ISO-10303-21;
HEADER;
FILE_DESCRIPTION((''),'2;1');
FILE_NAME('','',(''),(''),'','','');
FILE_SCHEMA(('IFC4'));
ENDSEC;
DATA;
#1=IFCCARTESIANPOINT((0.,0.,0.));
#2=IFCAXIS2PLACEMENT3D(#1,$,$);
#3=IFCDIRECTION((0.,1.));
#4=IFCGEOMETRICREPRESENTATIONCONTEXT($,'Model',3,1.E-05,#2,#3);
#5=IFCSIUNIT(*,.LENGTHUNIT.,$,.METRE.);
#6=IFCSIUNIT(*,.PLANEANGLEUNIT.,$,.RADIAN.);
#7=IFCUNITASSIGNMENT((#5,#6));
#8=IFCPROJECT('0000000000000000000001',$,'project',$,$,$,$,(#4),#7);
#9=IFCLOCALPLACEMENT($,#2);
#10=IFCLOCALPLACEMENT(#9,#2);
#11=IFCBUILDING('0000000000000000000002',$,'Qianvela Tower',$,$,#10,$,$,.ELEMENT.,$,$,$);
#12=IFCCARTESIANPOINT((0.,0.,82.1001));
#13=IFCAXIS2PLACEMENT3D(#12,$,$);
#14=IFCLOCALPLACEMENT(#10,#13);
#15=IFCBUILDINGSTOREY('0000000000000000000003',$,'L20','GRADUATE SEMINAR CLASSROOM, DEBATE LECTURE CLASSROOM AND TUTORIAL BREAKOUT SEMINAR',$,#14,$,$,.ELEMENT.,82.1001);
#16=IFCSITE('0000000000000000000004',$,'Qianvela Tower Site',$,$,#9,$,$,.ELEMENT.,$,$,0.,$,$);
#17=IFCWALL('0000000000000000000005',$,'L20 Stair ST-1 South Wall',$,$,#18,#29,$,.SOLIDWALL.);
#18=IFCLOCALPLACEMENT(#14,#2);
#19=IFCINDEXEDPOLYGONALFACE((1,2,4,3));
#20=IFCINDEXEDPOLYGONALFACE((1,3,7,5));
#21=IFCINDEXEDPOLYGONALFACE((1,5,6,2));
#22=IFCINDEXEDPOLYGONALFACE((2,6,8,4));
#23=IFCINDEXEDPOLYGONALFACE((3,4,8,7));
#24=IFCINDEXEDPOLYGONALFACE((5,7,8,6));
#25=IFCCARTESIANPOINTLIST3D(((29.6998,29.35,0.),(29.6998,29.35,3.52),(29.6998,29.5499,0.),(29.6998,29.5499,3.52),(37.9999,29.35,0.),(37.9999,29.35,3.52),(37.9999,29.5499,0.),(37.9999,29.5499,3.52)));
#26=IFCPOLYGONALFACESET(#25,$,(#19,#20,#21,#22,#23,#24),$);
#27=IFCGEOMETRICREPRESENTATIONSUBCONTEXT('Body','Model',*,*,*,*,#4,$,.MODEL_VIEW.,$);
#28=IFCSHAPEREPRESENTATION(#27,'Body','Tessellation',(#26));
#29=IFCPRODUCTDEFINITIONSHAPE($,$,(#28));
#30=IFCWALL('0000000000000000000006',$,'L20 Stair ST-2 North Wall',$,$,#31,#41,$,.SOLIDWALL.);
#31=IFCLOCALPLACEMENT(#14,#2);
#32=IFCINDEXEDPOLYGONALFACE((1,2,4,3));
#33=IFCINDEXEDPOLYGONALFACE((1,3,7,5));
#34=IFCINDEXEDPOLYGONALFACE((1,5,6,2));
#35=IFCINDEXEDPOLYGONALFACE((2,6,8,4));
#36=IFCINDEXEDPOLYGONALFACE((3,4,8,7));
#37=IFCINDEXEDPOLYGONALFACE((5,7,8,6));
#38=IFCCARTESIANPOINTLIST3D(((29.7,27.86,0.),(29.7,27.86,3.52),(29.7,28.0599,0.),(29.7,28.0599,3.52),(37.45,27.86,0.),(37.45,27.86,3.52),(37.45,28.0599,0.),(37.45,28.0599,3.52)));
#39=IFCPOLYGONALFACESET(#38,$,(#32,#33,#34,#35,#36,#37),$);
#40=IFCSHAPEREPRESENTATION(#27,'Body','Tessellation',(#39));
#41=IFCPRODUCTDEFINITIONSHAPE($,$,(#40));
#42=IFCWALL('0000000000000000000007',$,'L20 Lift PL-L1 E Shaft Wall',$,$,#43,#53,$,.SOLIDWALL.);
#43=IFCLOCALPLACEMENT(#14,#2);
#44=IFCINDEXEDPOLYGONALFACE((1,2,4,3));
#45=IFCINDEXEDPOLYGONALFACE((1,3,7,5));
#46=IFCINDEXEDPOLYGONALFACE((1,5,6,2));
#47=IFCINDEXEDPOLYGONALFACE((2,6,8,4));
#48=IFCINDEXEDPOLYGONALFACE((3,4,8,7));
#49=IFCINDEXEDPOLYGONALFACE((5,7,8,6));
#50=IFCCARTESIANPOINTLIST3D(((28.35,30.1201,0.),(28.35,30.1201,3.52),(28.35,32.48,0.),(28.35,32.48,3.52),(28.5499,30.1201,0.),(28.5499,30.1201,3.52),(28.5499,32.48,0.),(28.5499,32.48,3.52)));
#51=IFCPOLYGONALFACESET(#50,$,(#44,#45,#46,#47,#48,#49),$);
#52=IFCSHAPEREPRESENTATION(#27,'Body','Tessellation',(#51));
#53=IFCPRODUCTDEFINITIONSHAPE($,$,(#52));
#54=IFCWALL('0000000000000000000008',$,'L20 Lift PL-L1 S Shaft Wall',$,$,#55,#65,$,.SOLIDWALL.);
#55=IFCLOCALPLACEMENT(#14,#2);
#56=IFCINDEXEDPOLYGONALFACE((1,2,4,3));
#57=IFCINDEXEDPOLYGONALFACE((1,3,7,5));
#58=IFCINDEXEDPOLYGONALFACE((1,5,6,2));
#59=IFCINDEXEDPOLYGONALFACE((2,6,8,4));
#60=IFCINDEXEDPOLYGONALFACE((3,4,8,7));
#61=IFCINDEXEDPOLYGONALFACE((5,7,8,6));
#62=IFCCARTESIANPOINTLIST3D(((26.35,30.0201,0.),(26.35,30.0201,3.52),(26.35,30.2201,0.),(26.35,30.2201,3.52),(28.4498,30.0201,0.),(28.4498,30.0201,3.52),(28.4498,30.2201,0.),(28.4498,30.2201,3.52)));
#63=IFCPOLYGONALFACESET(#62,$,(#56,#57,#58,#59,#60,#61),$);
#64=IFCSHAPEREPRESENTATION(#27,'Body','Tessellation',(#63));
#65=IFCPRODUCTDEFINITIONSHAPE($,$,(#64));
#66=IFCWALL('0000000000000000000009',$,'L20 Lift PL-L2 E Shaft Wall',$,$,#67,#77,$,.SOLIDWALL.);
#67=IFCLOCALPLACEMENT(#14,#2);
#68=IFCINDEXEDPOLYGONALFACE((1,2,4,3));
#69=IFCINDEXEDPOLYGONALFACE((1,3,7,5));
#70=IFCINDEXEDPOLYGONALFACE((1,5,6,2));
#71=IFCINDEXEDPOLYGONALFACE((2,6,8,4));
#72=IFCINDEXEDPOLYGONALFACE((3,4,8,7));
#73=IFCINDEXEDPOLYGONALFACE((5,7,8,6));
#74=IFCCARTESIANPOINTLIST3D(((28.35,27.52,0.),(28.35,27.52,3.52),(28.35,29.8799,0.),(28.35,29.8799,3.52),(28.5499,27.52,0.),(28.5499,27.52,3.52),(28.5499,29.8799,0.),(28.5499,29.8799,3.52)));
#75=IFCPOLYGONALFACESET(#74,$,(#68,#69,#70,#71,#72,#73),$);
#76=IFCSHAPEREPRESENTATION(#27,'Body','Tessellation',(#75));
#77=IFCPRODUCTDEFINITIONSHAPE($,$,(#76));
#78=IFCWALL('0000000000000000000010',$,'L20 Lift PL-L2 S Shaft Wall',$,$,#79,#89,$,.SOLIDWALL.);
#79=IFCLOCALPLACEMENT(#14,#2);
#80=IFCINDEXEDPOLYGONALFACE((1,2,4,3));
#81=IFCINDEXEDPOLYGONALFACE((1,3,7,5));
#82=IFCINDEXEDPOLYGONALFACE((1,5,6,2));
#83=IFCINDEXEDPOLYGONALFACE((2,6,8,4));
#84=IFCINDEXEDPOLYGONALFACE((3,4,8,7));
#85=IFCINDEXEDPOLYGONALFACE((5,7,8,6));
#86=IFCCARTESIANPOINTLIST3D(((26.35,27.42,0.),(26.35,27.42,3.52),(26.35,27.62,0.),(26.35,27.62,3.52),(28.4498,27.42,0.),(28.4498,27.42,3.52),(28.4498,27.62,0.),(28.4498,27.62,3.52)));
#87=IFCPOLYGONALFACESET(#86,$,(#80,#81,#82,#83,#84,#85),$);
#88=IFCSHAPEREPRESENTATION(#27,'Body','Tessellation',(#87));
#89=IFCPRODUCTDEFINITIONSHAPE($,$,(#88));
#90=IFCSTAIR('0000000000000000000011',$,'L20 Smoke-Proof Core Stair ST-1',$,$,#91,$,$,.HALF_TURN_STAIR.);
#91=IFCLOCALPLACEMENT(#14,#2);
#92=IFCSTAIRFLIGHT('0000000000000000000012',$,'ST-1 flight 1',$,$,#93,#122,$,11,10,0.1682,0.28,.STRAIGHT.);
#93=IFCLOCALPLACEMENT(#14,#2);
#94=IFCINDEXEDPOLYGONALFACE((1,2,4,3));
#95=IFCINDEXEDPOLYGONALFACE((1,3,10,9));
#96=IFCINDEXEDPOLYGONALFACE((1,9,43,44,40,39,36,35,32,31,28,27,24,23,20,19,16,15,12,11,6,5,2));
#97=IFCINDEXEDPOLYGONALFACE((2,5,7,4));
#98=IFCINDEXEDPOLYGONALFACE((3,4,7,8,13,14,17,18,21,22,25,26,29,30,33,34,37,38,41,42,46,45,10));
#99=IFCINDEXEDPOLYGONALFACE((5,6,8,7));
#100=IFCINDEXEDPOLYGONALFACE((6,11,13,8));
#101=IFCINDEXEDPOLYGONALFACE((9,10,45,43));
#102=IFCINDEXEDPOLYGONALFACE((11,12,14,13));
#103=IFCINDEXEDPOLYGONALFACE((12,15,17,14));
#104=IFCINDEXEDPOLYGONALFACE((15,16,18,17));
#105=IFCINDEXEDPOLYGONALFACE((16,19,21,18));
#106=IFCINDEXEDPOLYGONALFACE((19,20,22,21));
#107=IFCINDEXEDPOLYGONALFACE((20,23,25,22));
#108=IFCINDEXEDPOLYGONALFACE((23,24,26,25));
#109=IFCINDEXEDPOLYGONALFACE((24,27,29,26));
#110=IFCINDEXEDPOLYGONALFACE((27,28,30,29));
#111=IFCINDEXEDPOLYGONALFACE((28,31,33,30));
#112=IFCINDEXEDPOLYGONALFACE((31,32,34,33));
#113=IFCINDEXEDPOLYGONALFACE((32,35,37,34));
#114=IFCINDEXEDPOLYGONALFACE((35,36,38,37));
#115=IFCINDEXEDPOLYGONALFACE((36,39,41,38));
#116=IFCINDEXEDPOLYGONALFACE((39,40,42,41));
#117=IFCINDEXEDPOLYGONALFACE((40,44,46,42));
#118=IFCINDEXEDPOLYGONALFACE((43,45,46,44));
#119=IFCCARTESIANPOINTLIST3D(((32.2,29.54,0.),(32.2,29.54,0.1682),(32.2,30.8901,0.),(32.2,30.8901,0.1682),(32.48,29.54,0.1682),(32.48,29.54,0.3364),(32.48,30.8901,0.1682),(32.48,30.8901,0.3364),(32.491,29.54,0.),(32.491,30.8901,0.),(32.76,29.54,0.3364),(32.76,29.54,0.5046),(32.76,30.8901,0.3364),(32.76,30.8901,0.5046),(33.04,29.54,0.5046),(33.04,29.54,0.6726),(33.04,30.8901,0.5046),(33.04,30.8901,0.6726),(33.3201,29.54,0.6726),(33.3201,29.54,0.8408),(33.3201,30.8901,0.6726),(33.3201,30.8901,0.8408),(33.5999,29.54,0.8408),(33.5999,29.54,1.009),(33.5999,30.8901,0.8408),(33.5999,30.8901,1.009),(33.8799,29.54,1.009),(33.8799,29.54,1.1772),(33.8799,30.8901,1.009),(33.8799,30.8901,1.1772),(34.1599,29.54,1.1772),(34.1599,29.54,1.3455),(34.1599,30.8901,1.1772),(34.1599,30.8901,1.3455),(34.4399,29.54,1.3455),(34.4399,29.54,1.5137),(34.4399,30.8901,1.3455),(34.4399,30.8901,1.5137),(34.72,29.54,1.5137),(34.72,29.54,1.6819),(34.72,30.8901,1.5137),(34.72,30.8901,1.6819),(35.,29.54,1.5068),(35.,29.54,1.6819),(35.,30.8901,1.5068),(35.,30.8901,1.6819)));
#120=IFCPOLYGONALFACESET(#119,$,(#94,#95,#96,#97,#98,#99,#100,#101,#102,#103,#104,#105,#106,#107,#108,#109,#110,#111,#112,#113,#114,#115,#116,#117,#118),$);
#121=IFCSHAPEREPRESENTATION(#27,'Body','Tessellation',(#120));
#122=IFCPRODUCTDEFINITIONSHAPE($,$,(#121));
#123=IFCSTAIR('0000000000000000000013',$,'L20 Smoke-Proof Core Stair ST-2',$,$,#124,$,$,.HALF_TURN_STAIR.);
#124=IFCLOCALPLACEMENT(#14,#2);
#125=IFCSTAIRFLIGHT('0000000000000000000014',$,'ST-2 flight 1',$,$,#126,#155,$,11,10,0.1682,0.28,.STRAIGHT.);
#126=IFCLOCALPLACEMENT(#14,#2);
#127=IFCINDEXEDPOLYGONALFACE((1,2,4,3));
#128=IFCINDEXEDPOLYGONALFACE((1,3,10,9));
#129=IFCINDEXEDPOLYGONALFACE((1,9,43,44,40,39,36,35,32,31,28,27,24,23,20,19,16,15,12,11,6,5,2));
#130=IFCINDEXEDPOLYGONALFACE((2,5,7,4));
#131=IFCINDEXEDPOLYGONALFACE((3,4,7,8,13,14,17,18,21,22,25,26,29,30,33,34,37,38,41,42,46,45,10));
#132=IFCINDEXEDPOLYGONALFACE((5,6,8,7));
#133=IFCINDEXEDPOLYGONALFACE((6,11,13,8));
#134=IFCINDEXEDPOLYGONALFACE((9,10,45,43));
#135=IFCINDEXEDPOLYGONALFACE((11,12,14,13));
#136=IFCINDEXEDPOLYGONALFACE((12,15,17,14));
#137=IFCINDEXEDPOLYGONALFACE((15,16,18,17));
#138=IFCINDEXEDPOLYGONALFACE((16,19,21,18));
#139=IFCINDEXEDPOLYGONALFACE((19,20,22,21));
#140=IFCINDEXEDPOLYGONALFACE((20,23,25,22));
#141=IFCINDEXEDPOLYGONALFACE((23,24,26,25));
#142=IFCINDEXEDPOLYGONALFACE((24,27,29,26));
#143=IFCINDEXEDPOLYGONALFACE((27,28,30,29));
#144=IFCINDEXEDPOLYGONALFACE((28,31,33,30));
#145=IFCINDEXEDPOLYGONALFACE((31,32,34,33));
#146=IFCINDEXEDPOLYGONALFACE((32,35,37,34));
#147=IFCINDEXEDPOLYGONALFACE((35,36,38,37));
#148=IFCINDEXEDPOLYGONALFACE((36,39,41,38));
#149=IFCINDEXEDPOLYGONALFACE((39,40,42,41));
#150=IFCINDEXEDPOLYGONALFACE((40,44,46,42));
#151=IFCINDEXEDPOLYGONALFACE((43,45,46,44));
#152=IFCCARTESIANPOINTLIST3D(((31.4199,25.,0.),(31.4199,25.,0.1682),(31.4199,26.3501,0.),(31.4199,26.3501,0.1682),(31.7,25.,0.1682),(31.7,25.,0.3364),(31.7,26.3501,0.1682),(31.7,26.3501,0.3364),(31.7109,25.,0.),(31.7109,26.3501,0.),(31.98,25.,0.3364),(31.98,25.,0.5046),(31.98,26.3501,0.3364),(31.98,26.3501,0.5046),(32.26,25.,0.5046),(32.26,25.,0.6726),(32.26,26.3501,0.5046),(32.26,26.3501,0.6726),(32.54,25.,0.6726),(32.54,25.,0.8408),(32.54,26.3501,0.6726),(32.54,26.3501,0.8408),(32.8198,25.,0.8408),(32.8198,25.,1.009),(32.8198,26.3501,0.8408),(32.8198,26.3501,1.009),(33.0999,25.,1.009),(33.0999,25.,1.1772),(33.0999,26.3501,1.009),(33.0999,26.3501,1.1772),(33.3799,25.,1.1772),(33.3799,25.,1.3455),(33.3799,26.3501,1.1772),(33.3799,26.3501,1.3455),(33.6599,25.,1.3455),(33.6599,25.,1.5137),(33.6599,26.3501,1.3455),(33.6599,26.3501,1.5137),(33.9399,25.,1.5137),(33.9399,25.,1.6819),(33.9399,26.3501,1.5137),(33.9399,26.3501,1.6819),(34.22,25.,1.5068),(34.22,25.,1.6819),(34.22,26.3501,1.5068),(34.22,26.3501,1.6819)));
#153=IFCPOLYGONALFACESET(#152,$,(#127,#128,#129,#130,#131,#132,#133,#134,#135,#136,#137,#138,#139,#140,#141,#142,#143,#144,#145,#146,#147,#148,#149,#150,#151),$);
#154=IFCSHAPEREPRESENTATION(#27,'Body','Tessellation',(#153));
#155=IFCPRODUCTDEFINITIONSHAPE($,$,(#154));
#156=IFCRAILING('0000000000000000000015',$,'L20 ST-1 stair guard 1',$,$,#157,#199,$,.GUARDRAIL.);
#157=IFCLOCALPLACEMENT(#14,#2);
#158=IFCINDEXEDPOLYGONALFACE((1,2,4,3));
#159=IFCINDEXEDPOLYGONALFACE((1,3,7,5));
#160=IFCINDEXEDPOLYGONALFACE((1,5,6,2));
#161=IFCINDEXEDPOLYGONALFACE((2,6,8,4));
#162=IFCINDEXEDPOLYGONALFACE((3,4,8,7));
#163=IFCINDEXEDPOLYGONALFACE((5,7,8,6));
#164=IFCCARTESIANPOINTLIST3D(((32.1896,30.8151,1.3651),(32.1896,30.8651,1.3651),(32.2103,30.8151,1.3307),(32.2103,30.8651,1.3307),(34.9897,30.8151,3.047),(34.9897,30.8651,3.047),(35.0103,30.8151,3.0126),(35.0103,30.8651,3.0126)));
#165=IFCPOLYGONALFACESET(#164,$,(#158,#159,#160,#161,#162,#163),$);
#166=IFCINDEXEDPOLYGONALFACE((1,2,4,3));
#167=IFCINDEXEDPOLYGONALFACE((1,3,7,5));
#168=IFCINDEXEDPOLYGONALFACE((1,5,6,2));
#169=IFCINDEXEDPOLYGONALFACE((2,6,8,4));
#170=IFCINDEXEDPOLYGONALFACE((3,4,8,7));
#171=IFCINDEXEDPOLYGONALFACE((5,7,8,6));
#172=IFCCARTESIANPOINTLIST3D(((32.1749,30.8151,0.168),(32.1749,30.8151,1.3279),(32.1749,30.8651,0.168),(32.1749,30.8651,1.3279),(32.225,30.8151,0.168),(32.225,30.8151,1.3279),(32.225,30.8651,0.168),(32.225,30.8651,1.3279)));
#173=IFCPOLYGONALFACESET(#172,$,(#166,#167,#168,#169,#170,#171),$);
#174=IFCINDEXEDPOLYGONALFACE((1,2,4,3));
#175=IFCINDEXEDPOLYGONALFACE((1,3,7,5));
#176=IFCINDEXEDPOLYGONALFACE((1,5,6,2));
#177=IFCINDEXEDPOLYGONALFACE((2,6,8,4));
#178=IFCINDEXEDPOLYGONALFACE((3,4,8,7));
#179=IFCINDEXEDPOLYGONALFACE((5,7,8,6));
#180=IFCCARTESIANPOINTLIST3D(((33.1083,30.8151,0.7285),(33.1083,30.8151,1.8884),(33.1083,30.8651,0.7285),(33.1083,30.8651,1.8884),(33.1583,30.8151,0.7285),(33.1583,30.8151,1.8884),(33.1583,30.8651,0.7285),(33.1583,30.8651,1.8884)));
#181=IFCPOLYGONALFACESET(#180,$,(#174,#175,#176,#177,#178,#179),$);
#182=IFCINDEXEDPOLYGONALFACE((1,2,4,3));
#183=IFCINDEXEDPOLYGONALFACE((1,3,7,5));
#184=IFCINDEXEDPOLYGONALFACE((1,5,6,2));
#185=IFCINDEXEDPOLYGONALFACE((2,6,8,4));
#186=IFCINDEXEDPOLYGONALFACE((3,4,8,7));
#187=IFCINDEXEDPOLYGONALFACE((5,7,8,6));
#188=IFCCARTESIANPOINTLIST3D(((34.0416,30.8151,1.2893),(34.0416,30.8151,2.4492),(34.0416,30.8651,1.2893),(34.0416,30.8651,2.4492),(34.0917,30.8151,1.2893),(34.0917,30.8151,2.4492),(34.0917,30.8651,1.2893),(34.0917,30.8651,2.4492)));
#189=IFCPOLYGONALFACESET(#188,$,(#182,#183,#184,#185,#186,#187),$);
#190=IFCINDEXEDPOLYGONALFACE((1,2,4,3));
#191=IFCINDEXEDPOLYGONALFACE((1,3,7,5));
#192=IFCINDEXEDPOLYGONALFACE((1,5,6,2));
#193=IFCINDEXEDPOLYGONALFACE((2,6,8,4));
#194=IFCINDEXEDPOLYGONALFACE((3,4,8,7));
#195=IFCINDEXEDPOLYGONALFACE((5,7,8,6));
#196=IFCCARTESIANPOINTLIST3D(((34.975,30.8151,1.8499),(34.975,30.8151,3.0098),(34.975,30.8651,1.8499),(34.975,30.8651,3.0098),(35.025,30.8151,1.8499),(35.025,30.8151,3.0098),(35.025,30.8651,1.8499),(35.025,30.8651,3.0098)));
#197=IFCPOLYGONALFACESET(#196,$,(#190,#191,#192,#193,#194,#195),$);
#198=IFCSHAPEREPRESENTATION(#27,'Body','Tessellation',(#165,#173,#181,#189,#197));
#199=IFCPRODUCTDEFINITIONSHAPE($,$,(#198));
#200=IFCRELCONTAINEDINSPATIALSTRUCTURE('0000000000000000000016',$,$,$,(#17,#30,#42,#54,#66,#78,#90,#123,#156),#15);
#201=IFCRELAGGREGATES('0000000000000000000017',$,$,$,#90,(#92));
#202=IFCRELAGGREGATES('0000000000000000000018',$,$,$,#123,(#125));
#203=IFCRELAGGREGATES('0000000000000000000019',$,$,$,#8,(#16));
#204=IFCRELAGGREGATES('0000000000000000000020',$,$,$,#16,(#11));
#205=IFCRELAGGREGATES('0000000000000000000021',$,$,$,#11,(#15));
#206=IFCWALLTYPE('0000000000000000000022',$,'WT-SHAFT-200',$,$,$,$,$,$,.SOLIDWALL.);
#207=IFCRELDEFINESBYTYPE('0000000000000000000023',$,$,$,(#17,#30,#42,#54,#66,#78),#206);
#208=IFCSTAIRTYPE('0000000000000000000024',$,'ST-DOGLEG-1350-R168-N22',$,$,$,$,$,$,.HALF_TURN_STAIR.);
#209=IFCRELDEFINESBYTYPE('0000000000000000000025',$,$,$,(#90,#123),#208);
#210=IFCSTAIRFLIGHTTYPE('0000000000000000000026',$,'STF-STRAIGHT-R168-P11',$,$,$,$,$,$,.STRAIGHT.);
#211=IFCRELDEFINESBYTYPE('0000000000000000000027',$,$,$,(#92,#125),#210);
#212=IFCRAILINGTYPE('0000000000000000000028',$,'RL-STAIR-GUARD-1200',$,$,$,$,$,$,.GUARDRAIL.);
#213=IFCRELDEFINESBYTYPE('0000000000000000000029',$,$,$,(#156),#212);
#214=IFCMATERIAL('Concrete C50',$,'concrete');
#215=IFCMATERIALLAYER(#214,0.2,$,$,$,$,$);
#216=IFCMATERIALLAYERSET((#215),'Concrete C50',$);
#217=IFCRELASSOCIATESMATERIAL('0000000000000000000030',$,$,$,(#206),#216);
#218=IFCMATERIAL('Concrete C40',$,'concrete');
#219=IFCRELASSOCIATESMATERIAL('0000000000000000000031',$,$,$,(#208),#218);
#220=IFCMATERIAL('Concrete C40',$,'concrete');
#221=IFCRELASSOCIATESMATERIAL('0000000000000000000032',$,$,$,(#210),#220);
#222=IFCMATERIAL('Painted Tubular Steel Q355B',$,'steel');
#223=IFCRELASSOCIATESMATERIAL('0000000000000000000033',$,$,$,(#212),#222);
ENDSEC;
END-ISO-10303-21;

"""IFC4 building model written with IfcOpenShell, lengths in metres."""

from ifc_helpers import new_model, si_unit, direction, frame, frame_2d, origin, origin_2d, place, context, subcontext, project, spatial, polyline, rectangle, outline, extrude, material, layer, layer_set, type_object, element, aggregate, save


model = new_model("IFC4")

# Units and contexts
model_context = context("Model", 3, precision=1e-05, world=origin(), true_north=direction((0.0, 1.0)))
body_context = subcontext(model_context, "Body", "Model", "MODEL_VIEW")
ifc_project = project(units=[si_unit("LENGTHUNIT", "METRE"), si_unit("PLANEANGLEUNIT", "RADIAN")], contexts=[model_context])

# Site, building, storey
site_placement = place(None, origin())
site = spatial("IfcSite", under=ifc_project, at=site_placement, Name="Qianvela Tower Site", CompositionType="ELEMENT", RefElevation=0.0)
building_placement = place(site_placement, origin())
building = spatial("IfcBuilding", under=site, at=building_placement, Name="Qianvela Tower", CompositionType="ELEMENT")
storey_placement = place(building_placement, frame((0.0, 0.0, 82.1001)))
storey = spatial("IfcBuildingStorey", under=building, at=storey_placement, Name="L20", Description="GRADUATE SEMINAR CLASSROOM, DEBATE LECTURE CLASSROOM AND TUTORIAL BREAKOUT SEMINAR", CompositionType="ELEMENT", Elevation=82.1001)

# Walls
ifc_material_1 = material(Name="Concrete C50", Category="concrete")
ifc_layer_1 = layer(ifc_material_1, 0.2)
ifc_layer_set_1 = layer_set([ifc_layer_1], Name="Concrete C50")
wall_type_1 = type_object("IfcWallType", Name="WT-SHAFT-200", PredefinedType="SOLIDWALL", material=ifc_layer_set_1)
wall_1_placement = place(storey_placement, frame((29.7, 29.45, 0.0), z_axis=(0.0, 0.0, 1.0), x_axis=(1.0, 0.0, 0.0)))
element("IfcWall", 1, at=wall_1_placement, inside=storey, type_object=wall_type_1, Name="L20 Stair ST-1 South Wall", PredefinedType="SOLIDWALL", context=body_context, shape_type="SweptSolid", body=[
    extrude(rectangle(XDim=8.3, YDim=0.2, at=frame_2d((4.1499, 0.0))), origin(), (0.0, 0.0, 1.0), 3.52),
])
wall_2_placement = place(storey_placement, frame((29.7, 27.96, 0.0), z_axis=(0.0, 0.0, 1.0), x_axis=(1.0, 0.0, 0.0)))
element("IfcWall", 2, at=wall_2_placement, inside=storey, type_object=wall_type_1, Name="L20 Stair ST-2 North Wall", PredefinedType="SOLIDWALL", context=body_context, shape_type="SweptSolid", body=[
    extrude(rectangle(XDim=7.75, YDim=0.2, at=frame_2d((3.875, 0.0))), origin(), (0.0, 0.0, 1.0), 3.52),
])
wall_3_placement = place(storey_placement, frame((28.45, 30.1201, 0.0), z_axis=(0.0, 0.0, 1.0), x_axis=(0.0, 1.0, 0.0)))
element("IfcWall", 3, at=wall_3_placement, inside=storey, type_object=wall_type_1, Name="L20 Lift PL-L1 E Shaft Wall", PredefinedType="SOLIDWALL", context=body_context, shape_type="SweptSolid", body=[
    extrude(rectangle(XDim=2.3599, YDim=0.2, at=frame_2d((1.1799, 0.0))), origin(), (0.0, 0.0, 1.0), 3.52),
])

# Walls
wall_4_placement = place(storey_placement, frame((26.3501, 30.1201, 0.0), z_axis=(0.0, 0.0, 1.0), x_axis=(1.0, 0.0, 0.0)))
element("IfcWall", 4, at=wall_4_placement, inside=storey, type_object=wall_type_1, Name="L20 Lift PL-L1 S Shaft Wall", PredefinedType="SOLIDWALL", context=body_context, shape_type="SweptSolid", body=[
    extrude(rectangle(XDim=2.0999, YDim=0.2, at=frame_2d((1.0498, 0.0))), origin(), (0.0, 0.0, 1.0), 3.52),
])
wall_5_placement = place(storey_placement, frame((28.45, 27.52, 0.0), z_axis=(0.0, 0.0, 1.0), x_axis=(0.0, 1.0, 0.0)))
element("IfcWall", 5, at=wall_5_placement, inside=storey, type_object=wall_type_1, Name="L20 Lift PL-L2 E Shaft Wall", PredefinedType="SOLIDWALL", context=body_context, shape_type="SweptSolid", body=[
    extrude(rectangle(XDim=2.3599, YDim=0.2, at=frame_2d((1.1799, 0.0))), origin(), (0.0, 0.0, 1.0), 3.52),
])

# Wall
wall_6_placement = place(storey_placement, frame((26.3501, 27.52, 0.0), z_axis=(0.0, 0.0, 1.0), x_axis=(1.0, 0.0, 0.0)))
element("IfcWall", 6, at=wall_6_placement, inside=storey, type_object=wall_type_1, Name="L20 Lift PL-L2 S Shaft Wall", PredefinedType="SOLIDWALL", context=body_context, shape_type="SweptSolid", body=[
    extrude(rectangle(XDim=2.0999, YDim=0.2, at=frame_2d((1.0498, 0.0))), origin(), (0.0, 0.0, 1.0), 3.52),
])

# Stairs, stair flights
ifc_material_2 = material(Name="Concrete C40", Category="concrete")
stair_type = type_object("IfcStairType", Name="ST-DOGLEG-1350-R168-N22", PredefinedType="HALF_TURN_STAIR", material=ifc_material_2)
stair_1_placement = place(storey_placement, origin())
stair_1 = element("IfcStair", 7, at=stair_1_placement, inside=storey, type_object=stair_type, Name="L20 Smoke-Proof Core Stair ST-1", PredefinedType="HALF_TURN_STAIR")
ifc_material_3 = material(Name="Concrete C40", Category="concrete")
stair_flight_type = type_object("IfcStairFlightType", Name="STF-STRAIGHT-R168-P11", PredefinedType="STRAIGHT", material=ifc_material_3)
stair_flight_1_placement = place(storey_placement, frame((32.2, 30.2151, 0.0), z_axis=(0.0, 0.0, 1.0), x_axis=(1.0, 0.0, 0.0)))
stair_flight_1 = element("IfcStairFlight", 8, at=stair_flight_1_placement, type_object=stair_flight_type, Name="ST-1 flight 1", NumberOfRisers=11, NumberOfTreads=10, PredefinedType="STRAIGHT", RiserHeight=0.1682, TreadLength=0.28, context=body_context, shape_type="SweptSolid", body=[
    extrude(outline(polyline([(0.0, 0.0), (0.0, 0.1682), (0.28, 0.1682), (0.28, 0.3364), (0.5601, 0.3364), (0.5601, 0.5046), (0.8401, 0.5046), (0.8401, 0.6726), (1.1201, 0.6726), (1.1201, 0.8408), (1.3999, 0.8408), (1.3999, 1.009), (1.6799, 1.009), (1.6799, 1.1772), (1.96, 1.1772), (1.96, 1.3455), (2.24, 1.3455), (2.24, 1.5137), (2.52, 1.5137), (2.52, 1.6819), (2.8, 1.6819), (2.8, 1.8501), (2.8, 1.5068), (0.291, 0.0), (0.0, 0.0)])), frame((0.0, 0.675, 0.0), z_axis=(0.0, -1.0, 0.0), x_axis=(1.0, 0.0, 0.0)), (0.0, 0.0, 1.0), 1.3501),
])
aggregate(stair_1, [stair_flight_1])
stair_2_placement = place(storey_placement, origin())
stair_2 = element("IfcStair", 9, at=stair_2_placement, inside=storey, type_object=stair_type, Name="L20 Smoke-Proof Core Stair ST-2", PredefinedType="HALF_TURN_STAIR")
stair_flight_2_placement = place(storey_placement, frame((31.4199, 25.675, 0.0), z_axis=(0.0, 0.0, 1.0), x_axis=(1.0, 0.0, 0.0)))
stair_flight_2 = element("IfcStairFlight", 10, at=stair_flight_2_placement, type_object=stair_flight_type, Name="ST-2 flight 1", NumberOfRisers=11, NumberOfTreads=10, PredefinedType="STRAIGHT", RiserHeight=0.1682, TreadLength=0.28, context=body_context, shape_type="SweptSolid", body=[
    extrude(outline(polyline([(0.0, 0.0), (0.0, 0.1682), (0.28, 0.1682), (0.28, 0.3364), (0.5601, 0.3364), (0.5601, 0.5046), (0.8401, 0.5046), (0.8401, 0.6726), (1.1201, 0.6726), (1.1201, 0.8408), (1.3999, 0.8408), (1.3999, 1.009), (1.6799, 1.009), (1.6799, 1.1772), (1.96, 1.1772), (1.96, 1.3455), (2.24, 1.3455), (2.24, 1.5137), (2.52, 1.5137), (2.52, 1.6819), (2.8, 1.6819), (2.8, 1.8501), (2.8, 1.5068), (0.291, 0.0), (0.0, 0.0)])), frame((0.0, 0.675, 0.0), z_axis=(0.0, -1.0, 0.0), x_axis=(1.0, 0.0, 0.0)), (0.0, 0.0, 1.0), 1.3501),
])
aggregate(stair_2, [stair_flight_2])

# Railing
ifc_material_4 = material(Name="Painted Tubular Steel Q355B", Category="steel")
railing_type_1 = type_object("IfcRailingType", Name="RL-STAIR-GUARD-1200", PredefinedType="GUARDRAIL", material=ifc_material_4)
railing_1_placement = place(storey_placement, frame((32.2, 30.8401, 0.168)))
element("IfcRailing", 11, at=railing_1_placement, inside=storey, type_object=railing_type_1, Name="L20 ST-1 stair guard 1", PredefinedType="GUARDRAIL", context=body_context, shape_type="SweptSolid", body=[
    extrude(rectangle(XDim=0.05, YDim=0.04, at=origin_2d()), frame((0.0, 0.0, 1.1799), z_axis=(0.857242, 0.0, 0.514913), x_axis=(0.0, 1.0, 0.0)), (0.0, 0.0, 1.0), 3.2664),
    extrude(rectangle(XDim=0.05, YDim=0.05, at=origin_2d()), origin(), (0.0, 0.0, 1.0), 1.1599),
    extrude(rectangle(XDim=0.05, YDim=0.05, at=origin_2d()), frame((0.9333, 0.0, 0.5605)), (0.0, 0.0, 1.0), 1.1599),
    extrude(rectangle(XDim=0.05, YDim=0.05, at=origin_2d()), frame((1.8667, 0.0, 1.1213)), (0.0, 0.0, 1.0), 1.1599),
    extrude(rectangle(XDim=0.05, YDim=0.05, at=origin_2d()), frame((2.8, 0.0, 1.6819)), (0.0, 0.0, 1.0), 1.1599),
])

save(model, "model.ifc")
